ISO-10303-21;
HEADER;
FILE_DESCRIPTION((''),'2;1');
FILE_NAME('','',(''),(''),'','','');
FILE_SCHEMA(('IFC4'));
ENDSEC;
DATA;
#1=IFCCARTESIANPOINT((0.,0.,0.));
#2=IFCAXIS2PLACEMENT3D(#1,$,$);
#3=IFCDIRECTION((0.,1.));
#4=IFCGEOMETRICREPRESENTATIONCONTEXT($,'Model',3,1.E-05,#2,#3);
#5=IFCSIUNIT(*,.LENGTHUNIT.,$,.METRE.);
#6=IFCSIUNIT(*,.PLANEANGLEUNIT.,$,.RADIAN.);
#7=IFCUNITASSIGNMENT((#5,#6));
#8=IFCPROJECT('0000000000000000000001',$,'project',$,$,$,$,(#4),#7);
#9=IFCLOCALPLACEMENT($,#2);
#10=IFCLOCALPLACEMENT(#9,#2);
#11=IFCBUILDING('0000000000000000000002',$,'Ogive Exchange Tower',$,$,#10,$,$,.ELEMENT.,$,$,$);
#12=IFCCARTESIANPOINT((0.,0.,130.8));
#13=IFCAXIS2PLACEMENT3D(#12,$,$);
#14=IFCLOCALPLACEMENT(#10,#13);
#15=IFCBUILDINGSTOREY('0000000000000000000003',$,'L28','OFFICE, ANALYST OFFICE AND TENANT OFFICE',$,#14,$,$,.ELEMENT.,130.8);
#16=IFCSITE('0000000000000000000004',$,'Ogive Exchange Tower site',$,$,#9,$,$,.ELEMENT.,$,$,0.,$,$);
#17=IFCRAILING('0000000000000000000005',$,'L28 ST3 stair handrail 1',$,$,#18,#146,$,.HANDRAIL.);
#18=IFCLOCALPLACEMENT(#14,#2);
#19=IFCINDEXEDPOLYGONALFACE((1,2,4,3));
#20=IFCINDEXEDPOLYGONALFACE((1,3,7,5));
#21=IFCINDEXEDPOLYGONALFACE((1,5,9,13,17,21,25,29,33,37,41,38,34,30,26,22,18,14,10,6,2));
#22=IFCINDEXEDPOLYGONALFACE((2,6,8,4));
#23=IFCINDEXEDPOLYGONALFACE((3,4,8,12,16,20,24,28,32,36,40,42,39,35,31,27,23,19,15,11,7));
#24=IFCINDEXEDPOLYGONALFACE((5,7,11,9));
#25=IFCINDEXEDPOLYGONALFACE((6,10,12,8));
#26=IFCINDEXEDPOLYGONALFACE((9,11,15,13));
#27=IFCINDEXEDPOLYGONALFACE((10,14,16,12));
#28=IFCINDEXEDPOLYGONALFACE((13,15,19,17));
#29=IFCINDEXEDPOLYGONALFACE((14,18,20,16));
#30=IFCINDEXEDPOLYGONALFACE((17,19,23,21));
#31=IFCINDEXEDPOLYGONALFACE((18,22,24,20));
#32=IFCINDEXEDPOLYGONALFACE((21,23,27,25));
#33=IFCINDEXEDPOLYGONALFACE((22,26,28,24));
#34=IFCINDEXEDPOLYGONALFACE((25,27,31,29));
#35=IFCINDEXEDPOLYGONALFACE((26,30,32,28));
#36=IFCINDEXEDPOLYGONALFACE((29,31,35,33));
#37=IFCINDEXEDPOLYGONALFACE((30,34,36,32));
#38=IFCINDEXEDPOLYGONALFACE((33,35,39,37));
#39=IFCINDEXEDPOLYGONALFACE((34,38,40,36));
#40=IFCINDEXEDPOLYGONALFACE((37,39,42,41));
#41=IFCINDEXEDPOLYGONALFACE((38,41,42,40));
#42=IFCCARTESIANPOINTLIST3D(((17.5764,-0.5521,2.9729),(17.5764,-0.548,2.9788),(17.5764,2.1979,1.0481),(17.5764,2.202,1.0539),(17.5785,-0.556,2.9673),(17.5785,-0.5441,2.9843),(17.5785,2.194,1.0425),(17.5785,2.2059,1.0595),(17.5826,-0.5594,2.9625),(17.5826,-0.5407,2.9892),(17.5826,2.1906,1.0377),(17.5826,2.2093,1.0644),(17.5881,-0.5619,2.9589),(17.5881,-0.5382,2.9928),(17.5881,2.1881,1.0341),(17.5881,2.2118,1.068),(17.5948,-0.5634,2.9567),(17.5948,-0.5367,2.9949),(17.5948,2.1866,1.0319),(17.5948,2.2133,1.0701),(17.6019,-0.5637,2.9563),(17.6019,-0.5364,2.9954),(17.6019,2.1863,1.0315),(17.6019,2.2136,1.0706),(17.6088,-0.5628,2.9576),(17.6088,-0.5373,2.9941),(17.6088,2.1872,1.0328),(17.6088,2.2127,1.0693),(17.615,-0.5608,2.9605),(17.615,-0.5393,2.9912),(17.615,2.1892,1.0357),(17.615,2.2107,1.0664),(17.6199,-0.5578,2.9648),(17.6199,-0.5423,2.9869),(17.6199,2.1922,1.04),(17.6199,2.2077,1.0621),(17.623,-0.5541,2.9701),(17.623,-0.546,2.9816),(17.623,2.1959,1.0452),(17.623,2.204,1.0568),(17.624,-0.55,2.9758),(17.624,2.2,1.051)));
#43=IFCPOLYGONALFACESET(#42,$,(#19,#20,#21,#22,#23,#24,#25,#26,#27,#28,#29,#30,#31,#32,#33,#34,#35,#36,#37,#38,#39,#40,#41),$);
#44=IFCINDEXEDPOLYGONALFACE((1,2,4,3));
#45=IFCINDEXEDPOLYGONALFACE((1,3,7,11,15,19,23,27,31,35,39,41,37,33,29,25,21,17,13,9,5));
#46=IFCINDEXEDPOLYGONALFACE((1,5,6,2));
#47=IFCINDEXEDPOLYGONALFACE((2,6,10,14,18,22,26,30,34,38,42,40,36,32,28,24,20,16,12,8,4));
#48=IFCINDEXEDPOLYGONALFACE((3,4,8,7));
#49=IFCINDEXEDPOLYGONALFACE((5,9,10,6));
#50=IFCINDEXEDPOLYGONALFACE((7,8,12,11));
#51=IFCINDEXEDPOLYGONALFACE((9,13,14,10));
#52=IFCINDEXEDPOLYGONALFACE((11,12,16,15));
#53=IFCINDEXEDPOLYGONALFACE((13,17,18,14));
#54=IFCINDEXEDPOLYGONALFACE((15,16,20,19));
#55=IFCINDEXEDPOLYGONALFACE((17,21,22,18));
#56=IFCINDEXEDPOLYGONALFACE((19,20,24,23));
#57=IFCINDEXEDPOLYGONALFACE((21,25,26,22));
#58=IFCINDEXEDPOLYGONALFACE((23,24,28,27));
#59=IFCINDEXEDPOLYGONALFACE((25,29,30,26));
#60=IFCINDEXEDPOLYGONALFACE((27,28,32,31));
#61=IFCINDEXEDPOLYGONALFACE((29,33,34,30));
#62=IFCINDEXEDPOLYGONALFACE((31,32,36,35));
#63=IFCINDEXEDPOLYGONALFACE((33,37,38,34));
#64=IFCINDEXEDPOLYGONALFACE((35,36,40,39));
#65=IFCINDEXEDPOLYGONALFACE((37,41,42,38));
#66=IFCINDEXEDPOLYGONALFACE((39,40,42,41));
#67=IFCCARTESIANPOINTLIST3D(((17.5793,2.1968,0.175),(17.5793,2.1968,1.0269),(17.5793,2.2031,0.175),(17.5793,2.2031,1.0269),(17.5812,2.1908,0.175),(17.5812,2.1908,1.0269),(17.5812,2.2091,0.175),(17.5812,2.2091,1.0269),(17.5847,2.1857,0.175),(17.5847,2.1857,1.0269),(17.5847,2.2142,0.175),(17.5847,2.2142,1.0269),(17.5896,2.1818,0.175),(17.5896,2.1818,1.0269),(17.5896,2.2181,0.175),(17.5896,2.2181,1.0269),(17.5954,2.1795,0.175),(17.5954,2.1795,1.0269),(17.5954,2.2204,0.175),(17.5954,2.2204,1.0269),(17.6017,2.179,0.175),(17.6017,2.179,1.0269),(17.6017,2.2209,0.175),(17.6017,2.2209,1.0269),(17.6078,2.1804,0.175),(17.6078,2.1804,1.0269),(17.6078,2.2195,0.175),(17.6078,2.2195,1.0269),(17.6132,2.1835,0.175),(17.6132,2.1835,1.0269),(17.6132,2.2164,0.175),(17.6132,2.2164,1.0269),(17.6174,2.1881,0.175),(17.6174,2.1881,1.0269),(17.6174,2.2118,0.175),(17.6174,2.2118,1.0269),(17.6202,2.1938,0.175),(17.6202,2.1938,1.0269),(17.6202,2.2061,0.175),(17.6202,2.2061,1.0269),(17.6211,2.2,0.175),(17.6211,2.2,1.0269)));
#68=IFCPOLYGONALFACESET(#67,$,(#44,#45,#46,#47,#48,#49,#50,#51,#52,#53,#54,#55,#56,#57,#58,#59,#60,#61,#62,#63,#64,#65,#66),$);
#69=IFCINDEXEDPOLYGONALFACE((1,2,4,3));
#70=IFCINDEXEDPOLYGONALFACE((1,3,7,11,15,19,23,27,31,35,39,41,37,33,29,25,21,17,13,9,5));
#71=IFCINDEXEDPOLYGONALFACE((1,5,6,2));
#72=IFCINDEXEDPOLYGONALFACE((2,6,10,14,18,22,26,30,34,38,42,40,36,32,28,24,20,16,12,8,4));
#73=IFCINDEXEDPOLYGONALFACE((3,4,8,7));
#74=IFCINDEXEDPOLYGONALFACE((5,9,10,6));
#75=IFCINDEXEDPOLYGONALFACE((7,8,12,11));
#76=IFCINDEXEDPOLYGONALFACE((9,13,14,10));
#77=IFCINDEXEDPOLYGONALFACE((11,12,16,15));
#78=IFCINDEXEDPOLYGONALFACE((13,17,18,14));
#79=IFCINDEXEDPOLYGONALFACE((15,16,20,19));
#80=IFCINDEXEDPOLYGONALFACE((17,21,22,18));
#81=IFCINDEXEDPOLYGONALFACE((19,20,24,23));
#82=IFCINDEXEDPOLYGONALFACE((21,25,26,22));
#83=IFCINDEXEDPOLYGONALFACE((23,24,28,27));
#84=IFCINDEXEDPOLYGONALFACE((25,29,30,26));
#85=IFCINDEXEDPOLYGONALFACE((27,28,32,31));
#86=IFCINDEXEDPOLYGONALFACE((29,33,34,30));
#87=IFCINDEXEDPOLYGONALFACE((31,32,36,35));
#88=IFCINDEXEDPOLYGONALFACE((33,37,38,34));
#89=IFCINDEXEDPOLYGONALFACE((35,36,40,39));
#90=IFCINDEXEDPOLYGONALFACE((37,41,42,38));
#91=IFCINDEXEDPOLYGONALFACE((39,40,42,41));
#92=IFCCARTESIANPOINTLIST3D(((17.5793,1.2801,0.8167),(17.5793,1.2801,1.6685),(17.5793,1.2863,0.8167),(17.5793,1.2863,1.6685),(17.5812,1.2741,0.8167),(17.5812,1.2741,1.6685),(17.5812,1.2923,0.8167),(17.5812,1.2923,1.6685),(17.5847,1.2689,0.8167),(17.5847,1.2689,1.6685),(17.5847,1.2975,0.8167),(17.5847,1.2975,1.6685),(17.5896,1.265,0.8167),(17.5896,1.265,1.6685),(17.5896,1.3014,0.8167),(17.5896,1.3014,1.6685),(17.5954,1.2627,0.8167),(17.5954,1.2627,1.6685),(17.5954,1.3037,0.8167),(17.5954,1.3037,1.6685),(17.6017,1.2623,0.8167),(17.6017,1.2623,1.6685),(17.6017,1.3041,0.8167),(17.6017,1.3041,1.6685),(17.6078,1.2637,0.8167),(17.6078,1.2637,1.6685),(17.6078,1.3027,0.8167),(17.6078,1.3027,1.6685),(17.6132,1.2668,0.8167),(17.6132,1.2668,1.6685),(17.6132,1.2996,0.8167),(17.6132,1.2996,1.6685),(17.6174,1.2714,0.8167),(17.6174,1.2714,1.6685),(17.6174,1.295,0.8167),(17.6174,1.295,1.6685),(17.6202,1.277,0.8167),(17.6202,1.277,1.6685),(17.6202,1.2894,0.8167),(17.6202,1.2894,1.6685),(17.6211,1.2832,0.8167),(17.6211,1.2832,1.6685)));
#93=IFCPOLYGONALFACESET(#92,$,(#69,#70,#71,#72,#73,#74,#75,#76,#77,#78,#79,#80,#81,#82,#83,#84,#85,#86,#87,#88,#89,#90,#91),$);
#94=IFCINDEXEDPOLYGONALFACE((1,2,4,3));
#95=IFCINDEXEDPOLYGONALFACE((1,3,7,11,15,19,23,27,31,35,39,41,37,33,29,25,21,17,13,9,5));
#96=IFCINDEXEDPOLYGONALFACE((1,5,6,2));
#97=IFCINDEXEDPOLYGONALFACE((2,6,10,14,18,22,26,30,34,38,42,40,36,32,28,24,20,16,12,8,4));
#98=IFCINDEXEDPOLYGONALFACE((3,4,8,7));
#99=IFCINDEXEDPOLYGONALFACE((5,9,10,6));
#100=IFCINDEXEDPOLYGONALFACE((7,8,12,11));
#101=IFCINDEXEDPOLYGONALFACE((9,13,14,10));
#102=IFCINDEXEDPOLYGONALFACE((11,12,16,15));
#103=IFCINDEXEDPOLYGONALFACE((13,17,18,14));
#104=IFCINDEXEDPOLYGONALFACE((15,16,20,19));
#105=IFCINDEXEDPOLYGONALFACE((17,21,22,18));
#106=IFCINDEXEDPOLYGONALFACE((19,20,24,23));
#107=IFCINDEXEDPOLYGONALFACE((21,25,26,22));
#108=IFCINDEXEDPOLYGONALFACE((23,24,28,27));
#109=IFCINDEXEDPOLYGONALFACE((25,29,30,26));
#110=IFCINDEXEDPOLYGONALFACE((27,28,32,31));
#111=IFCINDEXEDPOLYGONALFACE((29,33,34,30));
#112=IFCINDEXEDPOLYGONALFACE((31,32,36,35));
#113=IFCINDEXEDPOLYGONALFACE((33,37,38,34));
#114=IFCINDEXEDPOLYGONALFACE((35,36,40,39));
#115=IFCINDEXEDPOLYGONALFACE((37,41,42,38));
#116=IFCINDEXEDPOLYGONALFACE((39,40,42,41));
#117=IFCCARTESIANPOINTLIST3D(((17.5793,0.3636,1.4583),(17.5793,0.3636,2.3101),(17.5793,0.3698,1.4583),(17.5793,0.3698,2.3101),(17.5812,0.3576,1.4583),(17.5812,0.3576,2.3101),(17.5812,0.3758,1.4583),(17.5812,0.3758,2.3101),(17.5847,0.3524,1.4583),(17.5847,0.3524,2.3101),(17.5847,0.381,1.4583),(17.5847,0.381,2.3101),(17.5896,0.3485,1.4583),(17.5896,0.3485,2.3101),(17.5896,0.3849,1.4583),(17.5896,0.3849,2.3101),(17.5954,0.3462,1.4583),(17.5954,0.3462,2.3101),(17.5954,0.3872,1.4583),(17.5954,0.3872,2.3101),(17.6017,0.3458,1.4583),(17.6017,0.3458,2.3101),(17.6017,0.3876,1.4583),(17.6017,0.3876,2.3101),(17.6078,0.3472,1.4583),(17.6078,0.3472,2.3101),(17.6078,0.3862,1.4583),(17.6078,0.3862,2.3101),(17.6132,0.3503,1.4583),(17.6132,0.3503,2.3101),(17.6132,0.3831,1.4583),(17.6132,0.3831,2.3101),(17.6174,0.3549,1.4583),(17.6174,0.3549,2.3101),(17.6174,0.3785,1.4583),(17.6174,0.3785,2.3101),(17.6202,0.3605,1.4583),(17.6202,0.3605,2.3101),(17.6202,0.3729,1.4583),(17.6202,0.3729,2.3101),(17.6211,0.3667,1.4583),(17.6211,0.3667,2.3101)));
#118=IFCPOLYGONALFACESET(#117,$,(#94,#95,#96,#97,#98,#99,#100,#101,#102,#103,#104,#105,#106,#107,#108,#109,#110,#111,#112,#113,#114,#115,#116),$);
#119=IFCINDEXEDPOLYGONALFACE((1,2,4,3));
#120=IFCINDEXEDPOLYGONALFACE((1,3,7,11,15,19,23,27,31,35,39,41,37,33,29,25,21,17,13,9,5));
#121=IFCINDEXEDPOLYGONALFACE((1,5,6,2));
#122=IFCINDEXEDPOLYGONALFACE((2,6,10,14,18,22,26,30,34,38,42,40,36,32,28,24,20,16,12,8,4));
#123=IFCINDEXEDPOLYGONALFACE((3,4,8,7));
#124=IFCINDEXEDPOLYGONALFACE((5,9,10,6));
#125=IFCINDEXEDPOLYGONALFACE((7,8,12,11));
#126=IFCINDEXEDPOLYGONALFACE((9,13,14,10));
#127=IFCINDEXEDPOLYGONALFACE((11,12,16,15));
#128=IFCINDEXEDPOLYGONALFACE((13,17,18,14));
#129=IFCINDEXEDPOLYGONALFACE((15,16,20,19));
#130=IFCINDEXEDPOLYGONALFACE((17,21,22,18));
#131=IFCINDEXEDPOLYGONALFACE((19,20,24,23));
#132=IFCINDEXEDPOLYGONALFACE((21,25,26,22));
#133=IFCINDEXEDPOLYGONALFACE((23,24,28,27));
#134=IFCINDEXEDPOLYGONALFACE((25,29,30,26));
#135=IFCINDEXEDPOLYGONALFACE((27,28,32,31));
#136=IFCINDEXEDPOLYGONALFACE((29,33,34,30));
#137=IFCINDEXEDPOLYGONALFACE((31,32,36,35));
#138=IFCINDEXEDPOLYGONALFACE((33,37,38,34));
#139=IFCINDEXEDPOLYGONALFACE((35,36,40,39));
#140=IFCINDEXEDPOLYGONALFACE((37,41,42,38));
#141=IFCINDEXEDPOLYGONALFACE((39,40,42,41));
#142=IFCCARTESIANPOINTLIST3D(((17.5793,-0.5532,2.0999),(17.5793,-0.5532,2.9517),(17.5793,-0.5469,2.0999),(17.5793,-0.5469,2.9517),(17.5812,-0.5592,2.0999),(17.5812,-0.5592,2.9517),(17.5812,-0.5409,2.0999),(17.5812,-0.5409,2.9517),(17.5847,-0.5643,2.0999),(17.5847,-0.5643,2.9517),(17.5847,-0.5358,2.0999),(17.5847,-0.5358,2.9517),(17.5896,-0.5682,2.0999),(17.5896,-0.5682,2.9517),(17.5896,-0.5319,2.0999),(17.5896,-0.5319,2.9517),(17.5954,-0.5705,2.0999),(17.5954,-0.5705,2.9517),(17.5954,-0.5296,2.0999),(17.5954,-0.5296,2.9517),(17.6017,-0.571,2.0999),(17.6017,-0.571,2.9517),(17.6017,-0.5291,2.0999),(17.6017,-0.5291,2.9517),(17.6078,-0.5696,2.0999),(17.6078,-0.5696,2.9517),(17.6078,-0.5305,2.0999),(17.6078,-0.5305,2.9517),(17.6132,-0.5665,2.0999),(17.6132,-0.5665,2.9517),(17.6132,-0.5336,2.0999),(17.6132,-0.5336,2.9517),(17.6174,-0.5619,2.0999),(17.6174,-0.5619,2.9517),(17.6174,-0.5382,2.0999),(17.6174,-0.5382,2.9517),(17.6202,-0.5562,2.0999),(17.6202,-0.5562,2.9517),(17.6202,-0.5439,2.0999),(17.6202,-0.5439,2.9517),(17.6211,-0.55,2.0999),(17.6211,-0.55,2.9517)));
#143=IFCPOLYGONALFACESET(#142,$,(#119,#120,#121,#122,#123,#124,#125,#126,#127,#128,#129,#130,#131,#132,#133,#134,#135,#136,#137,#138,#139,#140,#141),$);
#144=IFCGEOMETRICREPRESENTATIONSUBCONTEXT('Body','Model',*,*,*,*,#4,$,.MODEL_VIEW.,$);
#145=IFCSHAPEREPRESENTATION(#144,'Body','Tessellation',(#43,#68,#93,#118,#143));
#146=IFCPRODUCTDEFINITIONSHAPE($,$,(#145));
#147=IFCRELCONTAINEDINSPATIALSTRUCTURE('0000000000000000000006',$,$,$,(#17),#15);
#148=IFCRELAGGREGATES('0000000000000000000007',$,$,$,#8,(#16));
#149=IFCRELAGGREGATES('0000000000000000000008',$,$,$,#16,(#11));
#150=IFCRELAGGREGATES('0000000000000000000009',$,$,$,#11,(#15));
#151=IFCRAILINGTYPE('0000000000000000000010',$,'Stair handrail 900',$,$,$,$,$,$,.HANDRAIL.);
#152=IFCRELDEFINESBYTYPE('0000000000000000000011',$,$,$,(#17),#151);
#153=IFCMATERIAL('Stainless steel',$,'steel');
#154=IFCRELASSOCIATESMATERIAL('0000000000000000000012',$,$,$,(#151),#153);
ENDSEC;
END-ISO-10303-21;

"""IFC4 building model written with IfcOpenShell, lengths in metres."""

from ifc_helpers import new_model, si_unit, direction, frame, origin, origin_2d, place, context, subcontext, project, spatial, circle, extrude, material, type_object, element, save


model = new_model("IFC4")

# Units and contexts
model_context = context("Model", 3, precision=1e-05, world=origin(), true_north=direction((0.0, 1.0)))
body_context = subcontext(model_context, "Body", "Model", "MODEL_VIEW")
ifc_project = project(units=[si_unit("LENGTHUNIT", "METRE"), si_unit("PLANEANGLEUNIT", "RADIAN")], contexts=[model_context])

# Site, building, storey
site_placement = place(None, origin())
site = spatial("IfcSite", under=ifc_project, at=site_placement, Name="Ogive Exchange Tower site", CompositionType="ELEMENT", RefElevation=0.0)
building_placement = place(site_placement, origin())
building = spatial("IfcBuilding", under=site, at=building_placement, Name="Ogive Exchange Tower", CompositionType="ELEMENT")
storey_placement = place(building_placement, frame((0.0, 0.0, 130.8)))
storey = spatial("IfcBuildingStorey", under=building, at=storey_placement, Name="L28", Description="OFFICE, ANALYST OFFICE AND TENANT OFFICE", CompositionType="ELEMENT", Elevation=130.8)

# Railing
ifc_material_1 = material(Name="Stainless steel", Category="steel")
railing_type = type_object("IfcRailingType", Name="Stair handrail 900", PredefinedType="HANDRAIL", material=ifc_material_1)
railing_1_placement = place(storey_placement, frame((17.6001, 2.2, 0.175)))
element("IfcRailing", 1, at=railing_1_placement, inside=storey, type_object=railing_type, Name="L28 ST3 stair handrail 1", PredefinedType="HANDRAIL", context=body_context, shape_type="SweptSolid", body=[
    extrude(circle(Radius=0.0239, at=origin_2d()), frame((0.0, 0.0, 0.876), z_axis=(0.0, -0.819259, 0.573423), x_axis=(1.0, 0.0, 0.0)), (0.0, 0.0, 1.0), 3.3567),
    extrude(circle(Radius=0.021, at=origin_2d()), origin(), (0.0, 0.0, 1.0), 0.8518),
    extrude(circle(Radius=0.021, at=origin_2d()), frame((0.0, -0.9167, 0.6416)), (0.0, 0.0, 1.0), 0.8518),
    extrude(circle(Radius=0.021, at=origin_2d()), frame((0.0, -1.8333, 1.2832)), (0.0, 0.0, 1.0), 0.8518),
    extrude(circle(Radius=0.021, at=origin_2d()), frame((0.0, -2.75, 1.9248)), (0.0, 0.0, 1.0), 0.8518),
])

save(model, "model.ifc")
